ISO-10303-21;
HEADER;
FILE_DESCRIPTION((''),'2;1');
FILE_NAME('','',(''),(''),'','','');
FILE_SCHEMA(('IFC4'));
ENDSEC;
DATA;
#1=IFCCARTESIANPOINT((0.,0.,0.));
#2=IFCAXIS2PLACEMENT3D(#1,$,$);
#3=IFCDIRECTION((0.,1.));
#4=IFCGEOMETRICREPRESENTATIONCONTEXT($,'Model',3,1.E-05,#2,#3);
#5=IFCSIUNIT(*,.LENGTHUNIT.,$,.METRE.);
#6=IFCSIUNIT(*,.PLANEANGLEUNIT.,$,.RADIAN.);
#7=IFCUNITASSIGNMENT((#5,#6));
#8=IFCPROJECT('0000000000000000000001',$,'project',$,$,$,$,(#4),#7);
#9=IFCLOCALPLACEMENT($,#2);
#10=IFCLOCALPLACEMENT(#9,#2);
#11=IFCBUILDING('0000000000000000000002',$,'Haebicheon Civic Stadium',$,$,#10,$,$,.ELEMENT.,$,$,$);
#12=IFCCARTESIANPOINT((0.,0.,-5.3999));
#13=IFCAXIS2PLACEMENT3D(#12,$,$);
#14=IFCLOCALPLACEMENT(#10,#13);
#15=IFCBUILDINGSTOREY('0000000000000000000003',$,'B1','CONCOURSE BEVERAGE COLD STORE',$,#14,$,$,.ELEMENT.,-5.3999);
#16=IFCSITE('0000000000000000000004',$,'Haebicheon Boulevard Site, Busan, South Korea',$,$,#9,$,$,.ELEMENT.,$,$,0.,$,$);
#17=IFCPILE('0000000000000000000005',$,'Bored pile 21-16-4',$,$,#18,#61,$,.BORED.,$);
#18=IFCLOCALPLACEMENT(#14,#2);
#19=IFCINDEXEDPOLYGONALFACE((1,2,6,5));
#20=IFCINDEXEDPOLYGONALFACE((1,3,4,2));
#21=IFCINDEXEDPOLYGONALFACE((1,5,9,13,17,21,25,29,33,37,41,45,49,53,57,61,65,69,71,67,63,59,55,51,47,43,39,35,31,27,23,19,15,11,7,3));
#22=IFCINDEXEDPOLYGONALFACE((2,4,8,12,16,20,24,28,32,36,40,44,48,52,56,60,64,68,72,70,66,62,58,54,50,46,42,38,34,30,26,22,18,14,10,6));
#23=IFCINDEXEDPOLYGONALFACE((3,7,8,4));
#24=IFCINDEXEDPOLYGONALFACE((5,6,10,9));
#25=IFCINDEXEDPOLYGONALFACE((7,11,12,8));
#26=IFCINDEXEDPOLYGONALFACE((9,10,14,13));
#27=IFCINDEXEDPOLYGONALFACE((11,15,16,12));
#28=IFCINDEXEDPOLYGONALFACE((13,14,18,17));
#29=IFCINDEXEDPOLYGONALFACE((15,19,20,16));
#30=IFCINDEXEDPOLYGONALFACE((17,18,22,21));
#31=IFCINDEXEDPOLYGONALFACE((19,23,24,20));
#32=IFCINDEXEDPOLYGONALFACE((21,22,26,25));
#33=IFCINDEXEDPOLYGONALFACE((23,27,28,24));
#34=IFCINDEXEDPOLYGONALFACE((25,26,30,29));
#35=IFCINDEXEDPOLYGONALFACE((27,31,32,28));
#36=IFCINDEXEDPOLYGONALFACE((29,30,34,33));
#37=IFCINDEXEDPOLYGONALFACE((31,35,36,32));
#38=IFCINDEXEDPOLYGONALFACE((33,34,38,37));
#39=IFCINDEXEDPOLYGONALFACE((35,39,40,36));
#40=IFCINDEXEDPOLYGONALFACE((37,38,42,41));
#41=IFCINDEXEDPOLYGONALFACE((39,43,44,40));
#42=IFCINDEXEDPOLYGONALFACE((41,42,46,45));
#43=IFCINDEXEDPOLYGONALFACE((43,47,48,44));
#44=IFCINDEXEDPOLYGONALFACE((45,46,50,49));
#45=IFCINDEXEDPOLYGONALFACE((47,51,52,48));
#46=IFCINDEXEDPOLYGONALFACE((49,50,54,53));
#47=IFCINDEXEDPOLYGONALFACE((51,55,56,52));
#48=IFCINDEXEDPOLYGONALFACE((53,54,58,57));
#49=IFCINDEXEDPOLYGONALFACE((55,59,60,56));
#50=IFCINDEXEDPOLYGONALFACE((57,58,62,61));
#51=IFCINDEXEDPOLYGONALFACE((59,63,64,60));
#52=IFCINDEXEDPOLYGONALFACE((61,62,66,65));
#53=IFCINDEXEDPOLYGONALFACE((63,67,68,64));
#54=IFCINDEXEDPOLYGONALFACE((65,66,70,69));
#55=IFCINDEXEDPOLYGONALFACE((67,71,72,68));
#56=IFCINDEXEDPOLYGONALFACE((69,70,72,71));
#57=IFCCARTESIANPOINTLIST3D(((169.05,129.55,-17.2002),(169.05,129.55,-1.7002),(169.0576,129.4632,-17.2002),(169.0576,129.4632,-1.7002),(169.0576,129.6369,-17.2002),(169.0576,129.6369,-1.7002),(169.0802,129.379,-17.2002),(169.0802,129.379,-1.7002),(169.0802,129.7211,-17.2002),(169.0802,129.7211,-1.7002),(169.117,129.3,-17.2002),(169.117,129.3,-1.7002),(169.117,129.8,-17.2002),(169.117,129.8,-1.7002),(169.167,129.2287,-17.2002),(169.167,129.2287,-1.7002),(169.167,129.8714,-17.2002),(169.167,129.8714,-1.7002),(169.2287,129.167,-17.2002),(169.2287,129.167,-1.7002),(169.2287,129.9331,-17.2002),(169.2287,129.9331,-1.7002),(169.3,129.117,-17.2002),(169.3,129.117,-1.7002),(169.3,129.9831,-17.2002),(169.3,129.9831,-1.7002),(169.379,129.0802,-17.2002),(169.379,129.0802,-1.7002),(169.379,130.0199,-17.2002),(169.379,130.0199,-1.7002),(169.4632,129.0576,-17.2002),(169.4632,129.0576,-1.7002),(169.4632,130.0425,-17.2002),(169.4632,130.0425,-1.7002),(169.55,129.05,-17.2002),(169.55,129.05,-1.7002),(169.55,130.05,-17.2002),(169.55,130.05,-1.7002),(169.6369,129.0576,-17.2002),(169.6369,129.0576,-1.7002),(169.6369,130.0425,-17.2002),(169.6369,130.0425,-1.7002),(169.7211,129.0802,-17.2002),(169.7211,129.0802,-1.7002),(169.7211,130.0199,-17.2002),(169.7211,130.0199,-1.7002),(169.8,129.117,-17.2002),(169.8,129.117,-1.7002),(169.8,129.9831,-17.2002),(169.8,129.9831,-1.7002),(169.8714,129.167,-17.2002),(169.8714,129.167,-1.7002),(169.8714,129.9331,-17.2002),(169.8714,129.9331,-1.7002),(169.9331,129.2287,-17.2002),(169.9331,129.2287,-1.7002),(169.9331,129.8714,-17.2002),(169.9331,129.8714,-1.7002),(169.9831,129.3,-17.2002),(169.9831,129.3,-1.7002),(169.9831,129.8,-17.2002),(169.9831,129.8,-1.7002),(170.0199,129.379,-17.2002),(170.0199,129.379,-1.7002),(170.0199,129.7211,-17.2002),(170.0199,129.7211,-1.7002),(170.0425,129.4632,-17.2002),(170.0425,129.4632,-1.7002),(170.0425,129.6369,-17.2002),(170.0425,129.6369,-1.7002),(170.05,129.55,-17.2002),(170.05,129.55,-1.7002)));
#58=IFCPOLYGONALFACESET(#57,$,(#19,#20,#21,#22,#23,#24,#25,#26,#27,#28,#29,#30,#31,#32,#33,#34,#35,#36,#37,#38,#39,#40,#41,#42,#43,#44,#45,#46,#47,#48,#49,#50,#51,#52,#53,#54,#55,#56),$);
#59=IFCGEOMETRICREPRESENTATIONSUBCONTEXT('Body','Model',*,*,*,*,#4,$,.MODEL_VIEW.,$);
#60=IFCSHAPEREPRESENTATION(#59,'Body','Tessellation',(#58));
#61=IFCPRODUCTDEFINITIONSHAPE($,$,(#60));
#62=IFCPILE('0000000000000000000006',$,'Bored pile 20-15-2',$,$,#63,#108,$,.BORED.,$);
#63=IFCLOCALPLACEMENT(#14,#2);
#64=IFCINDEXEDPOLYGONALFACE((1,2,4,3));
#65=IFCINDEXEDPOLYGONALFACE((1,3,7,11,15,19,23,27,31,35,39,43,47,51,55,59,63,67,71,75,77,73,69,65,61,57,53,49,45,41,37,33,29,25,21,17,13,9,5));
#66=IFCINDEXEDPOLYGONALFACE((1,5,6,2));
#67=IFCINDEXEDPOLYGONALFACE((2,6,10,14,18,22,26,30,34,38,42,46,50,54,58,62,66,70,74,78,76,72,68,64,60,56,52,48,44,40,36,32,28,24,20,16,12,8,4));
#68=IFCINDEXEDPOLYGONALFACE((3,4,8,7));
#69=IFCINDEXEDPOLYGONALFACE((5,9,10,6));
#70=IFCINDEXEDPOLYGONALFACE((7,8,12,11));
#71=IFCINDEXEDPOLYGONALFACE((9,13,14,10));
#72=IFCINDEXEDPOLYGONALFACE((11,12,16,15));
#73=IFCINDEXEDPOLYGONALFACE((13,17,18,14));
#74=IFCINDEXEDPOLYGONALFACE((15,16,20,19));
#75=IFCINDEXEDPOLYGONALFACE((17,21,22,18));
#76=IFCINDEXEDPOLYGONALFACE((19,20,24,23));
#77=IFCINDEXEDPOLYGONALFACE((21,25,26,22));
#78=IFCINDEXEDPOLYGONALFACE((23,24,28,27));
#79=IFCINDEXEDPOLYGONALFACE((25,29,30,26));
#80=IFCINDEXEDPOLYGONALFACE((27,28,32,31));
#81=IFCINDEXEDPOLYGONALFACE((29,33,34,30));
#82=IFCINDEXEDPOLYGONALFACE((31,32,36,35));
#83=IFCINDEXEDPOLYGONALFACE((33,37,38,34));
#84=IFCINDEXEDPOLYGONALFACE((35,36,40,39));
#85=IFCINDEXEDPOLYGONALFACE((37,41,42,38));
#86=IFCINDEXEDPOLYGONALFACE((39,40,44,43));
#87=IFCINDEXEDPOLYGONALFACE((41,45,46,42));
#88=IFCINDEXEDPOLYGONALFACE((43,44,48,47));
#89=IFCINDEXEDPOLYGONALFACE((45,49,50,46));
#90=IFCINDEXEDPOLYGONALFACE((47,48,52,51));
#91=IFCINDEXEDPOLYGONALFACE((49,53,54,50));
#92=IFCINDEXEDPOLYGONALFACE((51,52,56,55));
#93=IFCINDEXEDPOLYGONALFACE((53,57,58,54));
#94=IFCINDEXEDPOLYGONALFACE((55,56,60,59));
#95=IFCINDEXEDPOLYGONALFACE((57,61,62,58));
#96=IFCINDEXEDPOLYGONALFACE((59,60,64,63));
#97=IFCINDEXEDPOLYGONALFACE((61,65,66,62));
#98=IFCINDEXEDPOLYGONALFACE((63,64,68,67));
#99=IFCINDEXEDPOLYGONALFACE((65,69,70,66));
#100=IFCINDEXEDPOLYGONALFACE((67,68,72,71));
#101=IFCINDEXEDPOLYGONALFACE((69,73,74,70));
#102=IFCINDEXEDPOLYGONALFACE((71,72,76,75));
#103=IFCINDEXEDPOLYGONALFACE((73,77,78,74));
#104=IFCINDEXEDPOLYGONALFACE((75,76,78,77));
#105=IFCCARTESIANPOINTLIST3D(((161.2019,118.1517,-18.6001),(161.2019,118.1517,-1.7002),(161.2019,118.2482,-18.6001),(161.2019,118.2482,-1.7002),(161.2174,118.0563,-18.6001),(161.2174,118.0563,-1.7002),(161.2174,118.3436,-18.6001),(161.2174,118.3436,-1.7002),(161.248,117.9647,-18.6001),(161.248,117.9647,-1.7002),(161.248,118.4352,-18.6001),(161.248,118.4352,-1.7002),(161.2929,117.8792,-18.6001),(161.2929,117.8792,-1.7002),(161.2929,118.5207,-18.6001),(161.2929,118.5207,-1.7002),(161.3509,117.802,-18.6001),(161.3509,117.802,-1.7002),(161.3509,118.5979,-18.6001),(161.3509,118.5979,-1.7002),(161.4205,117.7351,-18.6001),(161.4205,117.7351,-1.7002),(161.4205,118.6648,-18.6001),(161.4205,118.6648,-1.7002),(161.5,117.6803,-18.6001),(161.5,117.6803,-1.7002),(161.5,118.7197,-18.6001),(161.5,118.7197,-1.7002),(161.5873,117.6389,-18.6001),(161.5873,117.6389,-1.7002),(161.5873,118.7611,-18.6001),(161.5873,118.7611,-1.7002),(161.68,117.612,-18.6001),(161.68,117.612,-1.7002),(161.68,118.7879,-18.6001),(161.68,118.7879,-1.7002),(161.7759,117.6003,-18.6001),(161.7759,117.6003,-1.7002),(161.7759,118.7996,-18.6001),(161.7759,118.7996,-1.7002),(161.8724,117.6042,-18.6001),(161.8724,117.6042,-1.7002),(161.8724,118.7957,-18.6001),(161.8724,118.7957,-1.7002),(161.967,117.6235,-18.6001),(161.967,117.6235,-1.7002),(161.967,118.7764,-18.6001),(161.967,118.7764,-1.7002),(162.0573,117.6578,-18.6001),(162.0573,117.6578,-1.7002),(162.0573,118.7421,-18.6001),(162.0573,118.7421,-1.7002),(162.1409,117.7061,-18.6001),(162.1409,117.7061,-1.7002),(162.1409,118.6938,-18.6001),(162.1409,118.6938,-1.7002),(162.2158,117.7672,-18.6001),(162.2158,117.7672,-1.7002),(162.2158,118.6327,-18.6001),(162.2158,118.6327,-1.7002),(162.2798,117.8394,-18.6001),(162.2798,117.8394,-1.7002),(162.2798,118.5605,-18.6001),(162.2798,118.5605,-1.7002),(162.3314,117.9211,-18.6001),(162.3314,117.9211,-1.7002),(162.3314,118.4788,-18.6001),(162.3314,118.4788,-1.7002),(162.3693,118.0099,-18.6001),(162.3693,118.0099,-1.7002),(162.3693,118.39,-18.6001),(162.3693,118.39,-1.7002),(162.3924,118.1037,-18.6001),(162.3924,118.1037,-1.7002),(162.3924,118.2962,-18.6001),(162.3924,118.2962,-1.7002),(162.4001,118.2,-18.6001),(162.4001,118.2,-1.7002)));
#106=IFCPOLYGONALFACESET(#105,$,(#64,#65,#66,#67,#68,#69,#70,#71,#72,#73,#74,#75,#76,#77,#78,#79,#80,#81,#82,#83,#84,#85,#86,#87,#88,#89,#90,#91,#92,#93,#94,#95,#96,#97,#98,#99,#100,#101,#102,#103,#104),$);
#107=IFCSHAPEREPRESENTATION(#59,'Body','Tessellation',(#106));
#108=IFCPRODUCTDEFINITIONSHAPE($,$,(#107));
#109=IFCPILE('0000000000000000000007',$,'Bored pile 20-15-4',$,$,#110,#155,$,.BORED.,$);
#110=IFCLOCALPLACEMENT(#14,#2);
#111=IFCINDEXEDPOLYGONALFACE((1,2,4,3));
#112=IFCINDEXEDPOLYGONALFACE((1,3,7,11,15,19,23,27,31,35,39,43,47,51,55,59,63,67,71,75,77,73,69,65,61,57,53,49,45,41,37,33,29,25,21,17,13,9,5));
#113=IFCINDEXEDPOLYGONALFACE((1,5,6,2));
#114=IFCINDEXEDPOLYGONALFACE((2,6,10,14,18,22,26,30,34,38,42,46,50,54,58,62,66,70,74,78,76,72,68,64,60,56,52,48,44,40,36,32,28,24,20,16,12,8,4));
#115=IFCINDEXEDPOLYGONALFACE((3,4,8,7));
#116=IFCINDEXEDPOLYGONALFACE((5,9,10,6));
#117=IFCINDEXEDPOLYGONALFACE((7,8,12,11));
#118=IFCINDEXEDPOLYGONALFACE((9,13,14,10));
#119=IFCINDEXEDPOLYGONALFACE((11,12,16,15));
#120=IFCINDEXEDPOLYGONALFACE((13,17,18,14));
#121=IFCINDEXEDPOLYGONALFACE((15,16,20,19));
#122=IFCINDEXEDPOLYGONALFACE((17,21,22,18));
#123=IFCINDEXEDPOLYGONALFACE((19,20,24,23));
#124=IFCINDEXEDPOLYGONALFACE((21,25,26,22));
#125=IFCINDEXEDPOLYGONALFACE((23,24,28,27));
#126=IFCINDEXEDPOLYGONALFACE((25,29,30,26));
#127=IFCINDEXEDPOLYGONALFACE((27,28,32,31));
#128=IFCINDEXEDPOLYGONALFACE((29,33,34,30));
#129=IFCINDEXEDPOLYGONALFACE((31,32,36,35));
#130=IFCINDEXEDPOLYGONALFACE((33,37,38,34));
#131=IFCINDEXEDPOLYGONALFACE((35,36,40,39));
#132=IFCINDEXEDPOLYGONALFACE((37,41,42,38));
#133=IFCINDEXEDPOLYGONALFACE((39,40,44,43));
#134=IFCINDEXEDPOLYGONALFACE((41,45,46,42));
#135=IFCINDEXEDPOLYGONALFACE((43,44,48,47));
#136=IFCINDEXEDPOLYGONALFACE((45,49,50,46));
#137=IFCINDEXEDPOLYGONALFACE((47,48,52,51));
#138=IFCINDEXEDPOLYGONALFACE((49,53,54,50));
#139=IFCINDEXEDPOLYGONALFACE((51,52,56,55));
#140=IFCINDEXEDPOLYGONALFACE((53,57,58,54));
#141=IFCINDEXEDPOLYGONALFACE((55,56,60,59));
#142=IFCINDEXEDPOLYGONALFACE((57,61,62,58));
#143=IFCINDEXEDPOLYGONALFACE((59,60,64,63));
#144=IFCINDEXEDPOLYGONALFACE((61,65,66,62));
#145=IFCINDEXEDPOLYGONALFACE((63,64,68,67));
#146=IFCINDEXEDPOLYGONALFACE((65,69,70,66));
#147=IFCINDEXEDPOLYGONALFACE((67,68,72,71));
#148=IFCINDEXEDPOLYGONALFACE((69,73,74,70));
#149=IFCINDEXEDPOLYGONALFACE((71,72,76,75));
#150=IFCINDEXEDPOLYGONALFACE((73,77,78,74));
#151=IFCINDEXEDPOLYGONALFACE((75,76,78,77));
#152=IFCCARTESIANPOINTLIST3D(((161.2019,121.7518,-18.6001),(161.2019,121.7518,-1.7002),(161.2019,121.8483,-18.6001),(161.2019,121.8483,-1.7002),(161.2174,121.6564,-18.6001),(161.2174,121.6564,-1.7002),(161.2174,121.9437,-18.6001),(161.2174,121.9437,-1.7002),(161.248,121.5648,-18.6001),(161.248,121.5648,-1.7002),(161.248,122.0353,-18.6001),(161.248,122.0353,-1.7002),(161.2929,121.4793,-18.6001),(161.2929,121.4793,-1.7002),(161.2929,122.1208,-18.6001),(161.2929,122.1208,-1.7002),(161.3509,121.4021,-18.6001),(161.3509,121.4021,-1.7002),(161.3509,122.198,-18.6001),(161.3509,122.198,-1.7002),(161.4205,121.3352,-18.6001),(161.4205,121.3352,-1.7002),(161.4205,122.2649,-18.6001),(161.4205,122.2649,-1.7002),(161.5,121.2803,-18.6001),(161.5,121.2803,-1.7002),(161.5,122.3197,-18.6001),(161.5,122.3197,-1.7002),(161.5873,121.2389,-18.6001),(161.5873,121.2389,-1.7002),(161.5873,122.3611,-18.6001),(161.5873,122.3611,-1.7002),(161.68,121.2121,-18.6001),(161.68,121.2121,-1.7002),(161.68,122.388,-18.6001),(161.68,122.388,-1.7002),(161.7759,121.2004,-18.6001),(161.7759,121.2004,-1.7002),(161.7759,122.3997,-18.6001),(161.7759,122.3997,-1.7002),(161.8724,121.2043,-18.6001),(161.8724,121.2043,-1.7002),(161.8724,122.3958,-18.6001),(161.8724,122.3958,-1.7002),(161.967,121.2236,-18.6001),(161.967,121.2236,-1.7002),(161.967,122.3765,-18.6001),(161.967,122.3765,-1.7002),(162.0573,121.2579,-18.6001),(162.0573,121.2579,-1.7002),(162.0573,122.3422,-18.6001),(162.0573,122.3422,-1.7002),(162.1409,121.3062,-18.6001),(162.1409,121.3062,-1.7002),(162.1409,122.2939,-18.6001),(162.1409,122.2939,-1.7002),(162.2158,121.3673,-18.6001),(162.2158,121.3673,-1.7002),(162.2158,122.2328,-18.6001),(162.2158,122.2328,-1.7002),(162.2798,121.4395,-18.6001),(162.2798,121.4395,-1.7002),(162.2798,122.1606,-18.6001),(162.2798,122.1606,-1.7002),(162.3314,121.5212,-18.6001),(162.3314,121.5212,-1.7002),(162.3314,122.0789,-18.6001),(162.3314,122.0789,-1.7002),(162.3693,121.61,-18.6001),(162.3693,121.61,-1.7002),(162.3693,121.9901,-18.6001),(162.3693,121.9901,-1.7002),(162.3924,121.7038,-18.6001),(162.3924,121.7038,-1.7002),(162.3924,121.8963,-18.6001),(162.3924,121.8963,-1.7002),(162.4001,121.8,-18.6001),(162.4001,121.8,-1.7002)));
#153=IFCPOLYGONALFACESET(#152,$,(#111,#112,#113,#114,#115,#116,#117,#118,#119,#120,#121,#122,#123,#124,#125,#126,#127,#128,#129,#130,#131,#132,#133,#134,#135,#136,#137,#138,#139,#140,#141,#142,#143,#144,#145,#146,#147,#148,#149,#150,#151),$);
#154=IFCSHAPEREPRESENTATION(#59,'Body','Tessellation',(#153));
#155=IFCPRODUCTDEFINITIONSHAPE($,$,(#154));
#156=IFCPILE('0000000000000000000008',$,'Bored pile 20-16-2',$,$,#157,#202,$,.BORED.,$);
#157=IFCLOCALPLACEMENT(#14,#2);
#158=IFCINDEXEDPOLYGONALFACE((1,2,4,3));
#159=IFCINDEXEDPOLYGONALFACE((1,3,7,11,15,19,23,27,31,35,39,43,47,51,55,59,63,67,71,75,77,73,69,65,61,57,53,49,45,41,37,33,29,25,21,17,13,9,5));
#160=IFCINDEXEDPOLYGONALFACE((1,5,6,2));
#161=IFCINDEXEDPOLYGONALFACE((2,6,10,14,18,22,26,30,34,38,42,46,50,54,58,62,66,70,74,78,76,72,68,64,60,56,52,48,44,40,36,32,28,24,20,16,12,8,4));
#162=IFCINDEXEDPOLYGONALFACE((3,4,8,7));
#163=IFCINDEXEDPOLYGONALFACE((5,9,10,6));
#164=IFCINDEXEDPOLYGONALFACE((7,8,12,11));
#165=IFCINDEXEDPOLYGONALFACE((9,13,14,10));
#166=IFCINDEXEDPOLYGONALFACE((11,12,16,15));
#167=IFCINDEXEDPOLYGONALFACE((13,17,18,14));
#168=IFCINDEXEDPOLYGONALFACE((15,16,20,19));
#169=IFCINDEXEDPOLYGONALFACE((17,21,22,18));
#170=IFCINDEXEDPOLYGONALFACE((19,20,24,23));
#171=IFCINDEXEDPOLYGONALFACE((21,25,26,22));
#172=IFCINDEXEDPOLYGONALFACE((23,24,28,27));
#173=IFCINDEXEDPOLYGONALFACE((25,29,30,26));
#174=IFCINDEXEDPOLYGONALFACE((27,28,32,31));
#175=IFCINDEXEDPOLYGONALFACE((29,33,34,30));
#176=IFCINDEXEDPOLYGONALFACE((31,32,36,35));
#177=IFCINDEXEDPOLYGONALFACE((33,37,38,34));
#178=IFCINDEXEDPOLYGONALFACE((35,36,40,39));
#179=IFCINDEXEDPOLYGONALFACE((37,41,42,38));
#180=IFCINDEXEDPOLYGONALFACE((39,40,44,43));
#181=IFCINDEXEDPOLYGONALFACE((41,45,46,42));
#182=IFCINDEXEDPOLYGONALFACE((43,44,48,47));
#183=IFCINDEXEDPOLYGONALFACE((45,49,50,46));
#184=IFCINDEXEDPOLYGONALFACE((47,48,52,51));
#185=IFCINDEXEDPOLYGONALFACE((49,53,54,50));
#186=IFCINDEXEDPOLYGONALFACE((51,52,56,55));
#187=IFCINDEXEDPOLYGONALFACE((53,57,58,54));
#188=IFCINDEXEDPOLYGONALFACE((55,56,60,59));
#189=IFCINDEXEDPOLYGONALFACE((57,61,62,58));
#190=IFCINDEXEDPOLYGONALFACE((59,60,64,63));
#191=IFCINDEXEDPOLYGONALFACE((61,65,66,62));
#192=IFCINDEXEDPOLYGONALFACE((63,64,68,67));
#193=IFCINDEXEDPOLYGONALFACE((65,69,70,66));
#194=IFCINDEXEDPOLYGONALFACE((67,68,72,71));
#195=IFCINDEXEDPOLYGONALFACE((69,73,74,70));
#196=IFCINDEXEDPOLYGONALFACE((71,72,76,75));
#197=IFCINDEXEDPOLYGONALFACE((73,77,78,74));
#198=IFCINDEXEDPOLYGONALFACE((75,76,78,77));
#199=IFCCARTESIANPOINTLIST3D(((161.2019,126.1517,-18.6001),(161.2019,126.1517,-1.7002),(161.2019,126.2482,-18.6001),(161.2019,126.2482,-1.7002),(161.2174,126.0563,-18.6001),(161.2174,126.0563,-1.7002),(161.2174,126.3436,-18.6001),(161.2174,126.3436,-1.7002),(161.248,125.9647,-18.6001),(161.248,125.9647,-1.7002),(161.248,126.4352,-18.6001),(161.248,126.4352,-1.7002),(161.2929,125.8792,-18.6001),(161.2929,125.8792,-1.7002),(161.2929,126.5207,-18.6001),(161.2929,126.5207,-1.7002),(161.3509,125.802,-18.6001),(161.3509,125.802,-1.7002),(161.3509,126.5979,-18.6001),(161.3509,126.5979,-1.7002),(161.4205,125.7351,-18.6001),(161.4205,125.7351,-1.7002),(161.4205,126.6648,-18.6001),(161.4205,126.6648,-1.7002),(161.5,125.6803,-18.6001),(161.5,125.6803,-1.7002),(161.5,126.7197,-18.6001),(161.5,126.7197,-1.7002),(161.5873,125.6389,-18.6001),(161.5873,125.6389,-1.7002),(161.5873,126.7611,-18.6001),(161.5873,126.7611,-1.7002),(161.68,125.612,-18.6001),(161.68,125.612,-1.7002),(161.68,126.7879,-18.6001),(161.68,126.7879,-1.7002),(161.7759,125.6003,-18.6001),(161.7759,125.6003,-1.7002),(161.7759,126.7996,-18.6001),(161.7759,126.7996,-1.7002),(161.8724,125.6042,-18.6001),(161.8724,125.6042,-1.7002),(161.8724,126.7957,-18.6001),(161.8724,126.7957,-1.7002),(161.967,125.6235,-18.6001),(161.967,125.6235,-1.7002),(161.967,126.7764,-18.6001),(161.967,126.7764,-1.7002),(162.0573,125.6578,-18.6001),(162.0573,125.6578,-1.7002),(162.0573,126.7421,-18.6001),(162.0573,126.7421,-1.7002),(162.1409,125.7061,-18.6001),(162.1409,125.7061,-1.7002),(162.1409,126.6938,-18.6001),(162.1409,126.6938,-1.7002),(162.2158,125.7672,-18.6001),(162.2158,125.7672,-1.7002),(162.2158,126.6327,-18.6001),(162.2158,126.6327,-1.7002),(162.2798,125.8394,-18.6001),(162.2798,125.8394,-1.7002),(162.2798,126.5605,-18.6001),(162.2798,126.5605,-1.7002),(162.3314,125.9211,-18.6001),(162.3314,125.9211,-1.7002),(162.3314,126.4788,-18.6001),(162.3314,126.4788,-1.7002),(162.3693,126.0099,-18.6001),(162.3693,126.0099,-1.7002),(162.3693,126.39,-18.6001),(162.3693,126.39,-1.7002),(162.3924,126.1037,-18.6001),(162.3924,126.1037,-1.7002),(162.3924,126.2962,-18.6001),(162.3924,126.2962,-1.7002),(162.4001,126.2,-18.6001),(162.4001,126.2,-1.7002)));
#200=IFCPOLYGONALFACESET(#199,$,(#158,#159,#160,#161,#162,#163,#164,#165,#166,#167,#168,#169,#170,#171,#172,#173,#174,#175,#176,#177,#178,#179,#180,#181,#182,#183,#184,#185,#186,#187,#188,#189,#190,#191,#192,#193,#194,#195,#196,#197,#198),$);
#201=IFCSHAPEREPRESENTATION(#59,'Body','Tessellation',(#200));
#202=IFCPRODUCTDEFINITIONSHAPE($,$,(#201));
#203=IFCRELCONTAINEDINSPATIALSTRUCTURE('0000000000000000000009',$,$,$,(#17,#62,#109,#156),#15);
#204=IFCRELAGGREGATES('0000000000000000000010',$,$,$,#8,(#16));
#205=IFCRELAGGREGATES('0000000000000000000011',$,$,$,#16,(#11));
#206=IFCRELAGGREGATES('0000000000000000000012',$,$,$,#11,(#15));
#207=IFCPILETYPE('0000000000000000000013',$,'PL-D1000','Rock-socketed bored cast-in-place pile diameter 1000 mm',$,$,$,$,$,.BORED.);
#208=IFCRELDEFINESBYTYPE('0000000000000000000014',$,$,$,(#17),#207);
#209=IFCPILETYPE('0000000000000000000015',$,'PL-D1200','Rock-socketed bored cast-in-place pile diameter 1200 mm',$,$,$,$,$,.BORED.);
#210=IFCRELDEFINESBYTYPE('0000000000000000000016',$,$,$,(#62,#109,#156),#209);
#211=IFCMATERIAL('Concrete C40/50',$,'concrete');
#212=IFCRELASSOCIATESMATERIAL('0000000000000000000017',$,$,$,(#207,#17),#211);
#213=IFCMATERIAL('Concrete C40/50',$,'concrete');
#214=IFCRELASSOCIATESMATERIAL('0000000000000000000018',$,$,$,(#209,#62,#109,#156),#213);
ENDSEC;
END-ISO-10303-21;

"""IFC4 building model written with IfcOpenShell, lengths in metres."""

from ifc_helpers import new_model, si_unit, direction, frame, origin, origin_2d, place, context, subcontext, project, spatial, circle, extrude, material, material_profile, profile_set, type_object, element, save


model = new_model("IFC4")

# Units and contexts
model_context = context("Model", 3, precision=1e-05, world=origin(), true_north=direction((0.0, 1.0)))
body_context = subcontext(model_context, "Body", "Model", "MODEL_VIEW")
ifc_project = project(units=[si_unit("LENGTHUNIT", "METRE"), si_unit("PLANEANGLEUNIT", "RADIAN")], contexts=[model_context])

# Site, building, storey
site_placement = place(None, origin())
site = spatial("IfcSite", under=ifc_project, at=site_placement, Name="Haebicheon Boulevard Site, Busan, South Korea", CompositionType="ELEMENT", RefElevation=0.0)
building_placement = place(site_placement, origin())
building = spatial("IfcBuilding", under=site, at=building_placement, Name="Haebicheon Civic Stadium", CompositionType="ELEMENT")
storey_placement = place(building_placement, frame((0.0, 0.0, -5.3999)))
storey = spatial("IfcBuildingStorey", under=building, at=storey_placement, Name="B1", Description="CONCOURSE BEVERAGE COLD STORE", CompositionType="ELEMENT", Elevation=-5.3999)

# Piles
ifc_material_1 = material(Name="Concrete C40/50", Category="concrete")
ifc_material_profile_1 = material_profile(ifc_material_1, circle(Radius=0.5, at=origin_2d()), Name="PILE-D1000")
ifc_profile_set_1 = profile_set([ifc_material_profile_1], Name="Concrete C40/50")
pile_type_1 = type_object("IfcPileType", Name="PL-D1000", Description="Rock-socketed bored cast-in-place pile diameter 1000 mm", PredefinedType="BORED", material=ifc_profile_set_1)
for number, where, z_axis, x_axis, name in (
    (1, (169.55, 129.55, -1.7002), (0.0, 0.0, -1.0), (1.0, 0.0, 0.0), "Bored pile 21-16-4"),
):
    element("IfcPile", number, at=place(storey_placement, frame(where, z_axis=z_axis, x_axis=x_axis)), inside=storey, type_object=pile_type_1, material=ifc_profile_set_1, Name=name, PredefinedType="BORED", context=body_context, shape_type="SweptSolid", body=[
        extrude(circle(Radius=0.5, at=origin_2d()), origin(), (0.0, 0.0, 1.0), 15.5),
    ])
ifc_material_2 = material(Name="Concrete C40/50", Category="concrete")
ifc_material_profile_2 = material_profile(ifc_material_2, circle(Radius=0.6001, at=origin_2d()), Name="PILE-D1200")
ifc_profile_set_2 = profile_set([ifc_material_profile_2], Name="Concrete C40/50")
pile_type_2 = type_object("IfcPileType", Name="PL-D1200", Description="Rock-socketed bored cast-in-place pile diameter 1200 mm", PredefinedType="BORED", material=ifc_profile_set_2)
for number, where, z_axis, x_axis, name in (
    (2, (161.8, 118.2, -1.7002), (0.0, 0.0, -1.0), (1.0, 0.0, 0.0), "Bored pile 20-15-2"),
    (3, (161.8, 121.8, -1.7002), (0.0, 0.0, -1.0), (1.0, 0.0, 0.0), "Bored pile 20-15-4"),
    (4, (161.8, 126.2, -1.7002), (0.0, 0.0, -1.0), (1.0, 0.0, 0.0), "Bored pile 20-16-2"),
):
    element("IfcPile", number, at=place(storey_placement, frame(where, z_axis=z_axis, x_axis=x_axis)), inside=storey, type_object=pile_type_2, material=ifc_profile_set_2, Name=name, PredefinedType="BORED", context=body_context, shape_type="SweptSolid", body=[
        extrude(circle(Radius=0.6001, at=origin_2d()), origin(), (0.0, 0.0, 1.0), 16.8999),
    ])

save(model, "model.ifc")
